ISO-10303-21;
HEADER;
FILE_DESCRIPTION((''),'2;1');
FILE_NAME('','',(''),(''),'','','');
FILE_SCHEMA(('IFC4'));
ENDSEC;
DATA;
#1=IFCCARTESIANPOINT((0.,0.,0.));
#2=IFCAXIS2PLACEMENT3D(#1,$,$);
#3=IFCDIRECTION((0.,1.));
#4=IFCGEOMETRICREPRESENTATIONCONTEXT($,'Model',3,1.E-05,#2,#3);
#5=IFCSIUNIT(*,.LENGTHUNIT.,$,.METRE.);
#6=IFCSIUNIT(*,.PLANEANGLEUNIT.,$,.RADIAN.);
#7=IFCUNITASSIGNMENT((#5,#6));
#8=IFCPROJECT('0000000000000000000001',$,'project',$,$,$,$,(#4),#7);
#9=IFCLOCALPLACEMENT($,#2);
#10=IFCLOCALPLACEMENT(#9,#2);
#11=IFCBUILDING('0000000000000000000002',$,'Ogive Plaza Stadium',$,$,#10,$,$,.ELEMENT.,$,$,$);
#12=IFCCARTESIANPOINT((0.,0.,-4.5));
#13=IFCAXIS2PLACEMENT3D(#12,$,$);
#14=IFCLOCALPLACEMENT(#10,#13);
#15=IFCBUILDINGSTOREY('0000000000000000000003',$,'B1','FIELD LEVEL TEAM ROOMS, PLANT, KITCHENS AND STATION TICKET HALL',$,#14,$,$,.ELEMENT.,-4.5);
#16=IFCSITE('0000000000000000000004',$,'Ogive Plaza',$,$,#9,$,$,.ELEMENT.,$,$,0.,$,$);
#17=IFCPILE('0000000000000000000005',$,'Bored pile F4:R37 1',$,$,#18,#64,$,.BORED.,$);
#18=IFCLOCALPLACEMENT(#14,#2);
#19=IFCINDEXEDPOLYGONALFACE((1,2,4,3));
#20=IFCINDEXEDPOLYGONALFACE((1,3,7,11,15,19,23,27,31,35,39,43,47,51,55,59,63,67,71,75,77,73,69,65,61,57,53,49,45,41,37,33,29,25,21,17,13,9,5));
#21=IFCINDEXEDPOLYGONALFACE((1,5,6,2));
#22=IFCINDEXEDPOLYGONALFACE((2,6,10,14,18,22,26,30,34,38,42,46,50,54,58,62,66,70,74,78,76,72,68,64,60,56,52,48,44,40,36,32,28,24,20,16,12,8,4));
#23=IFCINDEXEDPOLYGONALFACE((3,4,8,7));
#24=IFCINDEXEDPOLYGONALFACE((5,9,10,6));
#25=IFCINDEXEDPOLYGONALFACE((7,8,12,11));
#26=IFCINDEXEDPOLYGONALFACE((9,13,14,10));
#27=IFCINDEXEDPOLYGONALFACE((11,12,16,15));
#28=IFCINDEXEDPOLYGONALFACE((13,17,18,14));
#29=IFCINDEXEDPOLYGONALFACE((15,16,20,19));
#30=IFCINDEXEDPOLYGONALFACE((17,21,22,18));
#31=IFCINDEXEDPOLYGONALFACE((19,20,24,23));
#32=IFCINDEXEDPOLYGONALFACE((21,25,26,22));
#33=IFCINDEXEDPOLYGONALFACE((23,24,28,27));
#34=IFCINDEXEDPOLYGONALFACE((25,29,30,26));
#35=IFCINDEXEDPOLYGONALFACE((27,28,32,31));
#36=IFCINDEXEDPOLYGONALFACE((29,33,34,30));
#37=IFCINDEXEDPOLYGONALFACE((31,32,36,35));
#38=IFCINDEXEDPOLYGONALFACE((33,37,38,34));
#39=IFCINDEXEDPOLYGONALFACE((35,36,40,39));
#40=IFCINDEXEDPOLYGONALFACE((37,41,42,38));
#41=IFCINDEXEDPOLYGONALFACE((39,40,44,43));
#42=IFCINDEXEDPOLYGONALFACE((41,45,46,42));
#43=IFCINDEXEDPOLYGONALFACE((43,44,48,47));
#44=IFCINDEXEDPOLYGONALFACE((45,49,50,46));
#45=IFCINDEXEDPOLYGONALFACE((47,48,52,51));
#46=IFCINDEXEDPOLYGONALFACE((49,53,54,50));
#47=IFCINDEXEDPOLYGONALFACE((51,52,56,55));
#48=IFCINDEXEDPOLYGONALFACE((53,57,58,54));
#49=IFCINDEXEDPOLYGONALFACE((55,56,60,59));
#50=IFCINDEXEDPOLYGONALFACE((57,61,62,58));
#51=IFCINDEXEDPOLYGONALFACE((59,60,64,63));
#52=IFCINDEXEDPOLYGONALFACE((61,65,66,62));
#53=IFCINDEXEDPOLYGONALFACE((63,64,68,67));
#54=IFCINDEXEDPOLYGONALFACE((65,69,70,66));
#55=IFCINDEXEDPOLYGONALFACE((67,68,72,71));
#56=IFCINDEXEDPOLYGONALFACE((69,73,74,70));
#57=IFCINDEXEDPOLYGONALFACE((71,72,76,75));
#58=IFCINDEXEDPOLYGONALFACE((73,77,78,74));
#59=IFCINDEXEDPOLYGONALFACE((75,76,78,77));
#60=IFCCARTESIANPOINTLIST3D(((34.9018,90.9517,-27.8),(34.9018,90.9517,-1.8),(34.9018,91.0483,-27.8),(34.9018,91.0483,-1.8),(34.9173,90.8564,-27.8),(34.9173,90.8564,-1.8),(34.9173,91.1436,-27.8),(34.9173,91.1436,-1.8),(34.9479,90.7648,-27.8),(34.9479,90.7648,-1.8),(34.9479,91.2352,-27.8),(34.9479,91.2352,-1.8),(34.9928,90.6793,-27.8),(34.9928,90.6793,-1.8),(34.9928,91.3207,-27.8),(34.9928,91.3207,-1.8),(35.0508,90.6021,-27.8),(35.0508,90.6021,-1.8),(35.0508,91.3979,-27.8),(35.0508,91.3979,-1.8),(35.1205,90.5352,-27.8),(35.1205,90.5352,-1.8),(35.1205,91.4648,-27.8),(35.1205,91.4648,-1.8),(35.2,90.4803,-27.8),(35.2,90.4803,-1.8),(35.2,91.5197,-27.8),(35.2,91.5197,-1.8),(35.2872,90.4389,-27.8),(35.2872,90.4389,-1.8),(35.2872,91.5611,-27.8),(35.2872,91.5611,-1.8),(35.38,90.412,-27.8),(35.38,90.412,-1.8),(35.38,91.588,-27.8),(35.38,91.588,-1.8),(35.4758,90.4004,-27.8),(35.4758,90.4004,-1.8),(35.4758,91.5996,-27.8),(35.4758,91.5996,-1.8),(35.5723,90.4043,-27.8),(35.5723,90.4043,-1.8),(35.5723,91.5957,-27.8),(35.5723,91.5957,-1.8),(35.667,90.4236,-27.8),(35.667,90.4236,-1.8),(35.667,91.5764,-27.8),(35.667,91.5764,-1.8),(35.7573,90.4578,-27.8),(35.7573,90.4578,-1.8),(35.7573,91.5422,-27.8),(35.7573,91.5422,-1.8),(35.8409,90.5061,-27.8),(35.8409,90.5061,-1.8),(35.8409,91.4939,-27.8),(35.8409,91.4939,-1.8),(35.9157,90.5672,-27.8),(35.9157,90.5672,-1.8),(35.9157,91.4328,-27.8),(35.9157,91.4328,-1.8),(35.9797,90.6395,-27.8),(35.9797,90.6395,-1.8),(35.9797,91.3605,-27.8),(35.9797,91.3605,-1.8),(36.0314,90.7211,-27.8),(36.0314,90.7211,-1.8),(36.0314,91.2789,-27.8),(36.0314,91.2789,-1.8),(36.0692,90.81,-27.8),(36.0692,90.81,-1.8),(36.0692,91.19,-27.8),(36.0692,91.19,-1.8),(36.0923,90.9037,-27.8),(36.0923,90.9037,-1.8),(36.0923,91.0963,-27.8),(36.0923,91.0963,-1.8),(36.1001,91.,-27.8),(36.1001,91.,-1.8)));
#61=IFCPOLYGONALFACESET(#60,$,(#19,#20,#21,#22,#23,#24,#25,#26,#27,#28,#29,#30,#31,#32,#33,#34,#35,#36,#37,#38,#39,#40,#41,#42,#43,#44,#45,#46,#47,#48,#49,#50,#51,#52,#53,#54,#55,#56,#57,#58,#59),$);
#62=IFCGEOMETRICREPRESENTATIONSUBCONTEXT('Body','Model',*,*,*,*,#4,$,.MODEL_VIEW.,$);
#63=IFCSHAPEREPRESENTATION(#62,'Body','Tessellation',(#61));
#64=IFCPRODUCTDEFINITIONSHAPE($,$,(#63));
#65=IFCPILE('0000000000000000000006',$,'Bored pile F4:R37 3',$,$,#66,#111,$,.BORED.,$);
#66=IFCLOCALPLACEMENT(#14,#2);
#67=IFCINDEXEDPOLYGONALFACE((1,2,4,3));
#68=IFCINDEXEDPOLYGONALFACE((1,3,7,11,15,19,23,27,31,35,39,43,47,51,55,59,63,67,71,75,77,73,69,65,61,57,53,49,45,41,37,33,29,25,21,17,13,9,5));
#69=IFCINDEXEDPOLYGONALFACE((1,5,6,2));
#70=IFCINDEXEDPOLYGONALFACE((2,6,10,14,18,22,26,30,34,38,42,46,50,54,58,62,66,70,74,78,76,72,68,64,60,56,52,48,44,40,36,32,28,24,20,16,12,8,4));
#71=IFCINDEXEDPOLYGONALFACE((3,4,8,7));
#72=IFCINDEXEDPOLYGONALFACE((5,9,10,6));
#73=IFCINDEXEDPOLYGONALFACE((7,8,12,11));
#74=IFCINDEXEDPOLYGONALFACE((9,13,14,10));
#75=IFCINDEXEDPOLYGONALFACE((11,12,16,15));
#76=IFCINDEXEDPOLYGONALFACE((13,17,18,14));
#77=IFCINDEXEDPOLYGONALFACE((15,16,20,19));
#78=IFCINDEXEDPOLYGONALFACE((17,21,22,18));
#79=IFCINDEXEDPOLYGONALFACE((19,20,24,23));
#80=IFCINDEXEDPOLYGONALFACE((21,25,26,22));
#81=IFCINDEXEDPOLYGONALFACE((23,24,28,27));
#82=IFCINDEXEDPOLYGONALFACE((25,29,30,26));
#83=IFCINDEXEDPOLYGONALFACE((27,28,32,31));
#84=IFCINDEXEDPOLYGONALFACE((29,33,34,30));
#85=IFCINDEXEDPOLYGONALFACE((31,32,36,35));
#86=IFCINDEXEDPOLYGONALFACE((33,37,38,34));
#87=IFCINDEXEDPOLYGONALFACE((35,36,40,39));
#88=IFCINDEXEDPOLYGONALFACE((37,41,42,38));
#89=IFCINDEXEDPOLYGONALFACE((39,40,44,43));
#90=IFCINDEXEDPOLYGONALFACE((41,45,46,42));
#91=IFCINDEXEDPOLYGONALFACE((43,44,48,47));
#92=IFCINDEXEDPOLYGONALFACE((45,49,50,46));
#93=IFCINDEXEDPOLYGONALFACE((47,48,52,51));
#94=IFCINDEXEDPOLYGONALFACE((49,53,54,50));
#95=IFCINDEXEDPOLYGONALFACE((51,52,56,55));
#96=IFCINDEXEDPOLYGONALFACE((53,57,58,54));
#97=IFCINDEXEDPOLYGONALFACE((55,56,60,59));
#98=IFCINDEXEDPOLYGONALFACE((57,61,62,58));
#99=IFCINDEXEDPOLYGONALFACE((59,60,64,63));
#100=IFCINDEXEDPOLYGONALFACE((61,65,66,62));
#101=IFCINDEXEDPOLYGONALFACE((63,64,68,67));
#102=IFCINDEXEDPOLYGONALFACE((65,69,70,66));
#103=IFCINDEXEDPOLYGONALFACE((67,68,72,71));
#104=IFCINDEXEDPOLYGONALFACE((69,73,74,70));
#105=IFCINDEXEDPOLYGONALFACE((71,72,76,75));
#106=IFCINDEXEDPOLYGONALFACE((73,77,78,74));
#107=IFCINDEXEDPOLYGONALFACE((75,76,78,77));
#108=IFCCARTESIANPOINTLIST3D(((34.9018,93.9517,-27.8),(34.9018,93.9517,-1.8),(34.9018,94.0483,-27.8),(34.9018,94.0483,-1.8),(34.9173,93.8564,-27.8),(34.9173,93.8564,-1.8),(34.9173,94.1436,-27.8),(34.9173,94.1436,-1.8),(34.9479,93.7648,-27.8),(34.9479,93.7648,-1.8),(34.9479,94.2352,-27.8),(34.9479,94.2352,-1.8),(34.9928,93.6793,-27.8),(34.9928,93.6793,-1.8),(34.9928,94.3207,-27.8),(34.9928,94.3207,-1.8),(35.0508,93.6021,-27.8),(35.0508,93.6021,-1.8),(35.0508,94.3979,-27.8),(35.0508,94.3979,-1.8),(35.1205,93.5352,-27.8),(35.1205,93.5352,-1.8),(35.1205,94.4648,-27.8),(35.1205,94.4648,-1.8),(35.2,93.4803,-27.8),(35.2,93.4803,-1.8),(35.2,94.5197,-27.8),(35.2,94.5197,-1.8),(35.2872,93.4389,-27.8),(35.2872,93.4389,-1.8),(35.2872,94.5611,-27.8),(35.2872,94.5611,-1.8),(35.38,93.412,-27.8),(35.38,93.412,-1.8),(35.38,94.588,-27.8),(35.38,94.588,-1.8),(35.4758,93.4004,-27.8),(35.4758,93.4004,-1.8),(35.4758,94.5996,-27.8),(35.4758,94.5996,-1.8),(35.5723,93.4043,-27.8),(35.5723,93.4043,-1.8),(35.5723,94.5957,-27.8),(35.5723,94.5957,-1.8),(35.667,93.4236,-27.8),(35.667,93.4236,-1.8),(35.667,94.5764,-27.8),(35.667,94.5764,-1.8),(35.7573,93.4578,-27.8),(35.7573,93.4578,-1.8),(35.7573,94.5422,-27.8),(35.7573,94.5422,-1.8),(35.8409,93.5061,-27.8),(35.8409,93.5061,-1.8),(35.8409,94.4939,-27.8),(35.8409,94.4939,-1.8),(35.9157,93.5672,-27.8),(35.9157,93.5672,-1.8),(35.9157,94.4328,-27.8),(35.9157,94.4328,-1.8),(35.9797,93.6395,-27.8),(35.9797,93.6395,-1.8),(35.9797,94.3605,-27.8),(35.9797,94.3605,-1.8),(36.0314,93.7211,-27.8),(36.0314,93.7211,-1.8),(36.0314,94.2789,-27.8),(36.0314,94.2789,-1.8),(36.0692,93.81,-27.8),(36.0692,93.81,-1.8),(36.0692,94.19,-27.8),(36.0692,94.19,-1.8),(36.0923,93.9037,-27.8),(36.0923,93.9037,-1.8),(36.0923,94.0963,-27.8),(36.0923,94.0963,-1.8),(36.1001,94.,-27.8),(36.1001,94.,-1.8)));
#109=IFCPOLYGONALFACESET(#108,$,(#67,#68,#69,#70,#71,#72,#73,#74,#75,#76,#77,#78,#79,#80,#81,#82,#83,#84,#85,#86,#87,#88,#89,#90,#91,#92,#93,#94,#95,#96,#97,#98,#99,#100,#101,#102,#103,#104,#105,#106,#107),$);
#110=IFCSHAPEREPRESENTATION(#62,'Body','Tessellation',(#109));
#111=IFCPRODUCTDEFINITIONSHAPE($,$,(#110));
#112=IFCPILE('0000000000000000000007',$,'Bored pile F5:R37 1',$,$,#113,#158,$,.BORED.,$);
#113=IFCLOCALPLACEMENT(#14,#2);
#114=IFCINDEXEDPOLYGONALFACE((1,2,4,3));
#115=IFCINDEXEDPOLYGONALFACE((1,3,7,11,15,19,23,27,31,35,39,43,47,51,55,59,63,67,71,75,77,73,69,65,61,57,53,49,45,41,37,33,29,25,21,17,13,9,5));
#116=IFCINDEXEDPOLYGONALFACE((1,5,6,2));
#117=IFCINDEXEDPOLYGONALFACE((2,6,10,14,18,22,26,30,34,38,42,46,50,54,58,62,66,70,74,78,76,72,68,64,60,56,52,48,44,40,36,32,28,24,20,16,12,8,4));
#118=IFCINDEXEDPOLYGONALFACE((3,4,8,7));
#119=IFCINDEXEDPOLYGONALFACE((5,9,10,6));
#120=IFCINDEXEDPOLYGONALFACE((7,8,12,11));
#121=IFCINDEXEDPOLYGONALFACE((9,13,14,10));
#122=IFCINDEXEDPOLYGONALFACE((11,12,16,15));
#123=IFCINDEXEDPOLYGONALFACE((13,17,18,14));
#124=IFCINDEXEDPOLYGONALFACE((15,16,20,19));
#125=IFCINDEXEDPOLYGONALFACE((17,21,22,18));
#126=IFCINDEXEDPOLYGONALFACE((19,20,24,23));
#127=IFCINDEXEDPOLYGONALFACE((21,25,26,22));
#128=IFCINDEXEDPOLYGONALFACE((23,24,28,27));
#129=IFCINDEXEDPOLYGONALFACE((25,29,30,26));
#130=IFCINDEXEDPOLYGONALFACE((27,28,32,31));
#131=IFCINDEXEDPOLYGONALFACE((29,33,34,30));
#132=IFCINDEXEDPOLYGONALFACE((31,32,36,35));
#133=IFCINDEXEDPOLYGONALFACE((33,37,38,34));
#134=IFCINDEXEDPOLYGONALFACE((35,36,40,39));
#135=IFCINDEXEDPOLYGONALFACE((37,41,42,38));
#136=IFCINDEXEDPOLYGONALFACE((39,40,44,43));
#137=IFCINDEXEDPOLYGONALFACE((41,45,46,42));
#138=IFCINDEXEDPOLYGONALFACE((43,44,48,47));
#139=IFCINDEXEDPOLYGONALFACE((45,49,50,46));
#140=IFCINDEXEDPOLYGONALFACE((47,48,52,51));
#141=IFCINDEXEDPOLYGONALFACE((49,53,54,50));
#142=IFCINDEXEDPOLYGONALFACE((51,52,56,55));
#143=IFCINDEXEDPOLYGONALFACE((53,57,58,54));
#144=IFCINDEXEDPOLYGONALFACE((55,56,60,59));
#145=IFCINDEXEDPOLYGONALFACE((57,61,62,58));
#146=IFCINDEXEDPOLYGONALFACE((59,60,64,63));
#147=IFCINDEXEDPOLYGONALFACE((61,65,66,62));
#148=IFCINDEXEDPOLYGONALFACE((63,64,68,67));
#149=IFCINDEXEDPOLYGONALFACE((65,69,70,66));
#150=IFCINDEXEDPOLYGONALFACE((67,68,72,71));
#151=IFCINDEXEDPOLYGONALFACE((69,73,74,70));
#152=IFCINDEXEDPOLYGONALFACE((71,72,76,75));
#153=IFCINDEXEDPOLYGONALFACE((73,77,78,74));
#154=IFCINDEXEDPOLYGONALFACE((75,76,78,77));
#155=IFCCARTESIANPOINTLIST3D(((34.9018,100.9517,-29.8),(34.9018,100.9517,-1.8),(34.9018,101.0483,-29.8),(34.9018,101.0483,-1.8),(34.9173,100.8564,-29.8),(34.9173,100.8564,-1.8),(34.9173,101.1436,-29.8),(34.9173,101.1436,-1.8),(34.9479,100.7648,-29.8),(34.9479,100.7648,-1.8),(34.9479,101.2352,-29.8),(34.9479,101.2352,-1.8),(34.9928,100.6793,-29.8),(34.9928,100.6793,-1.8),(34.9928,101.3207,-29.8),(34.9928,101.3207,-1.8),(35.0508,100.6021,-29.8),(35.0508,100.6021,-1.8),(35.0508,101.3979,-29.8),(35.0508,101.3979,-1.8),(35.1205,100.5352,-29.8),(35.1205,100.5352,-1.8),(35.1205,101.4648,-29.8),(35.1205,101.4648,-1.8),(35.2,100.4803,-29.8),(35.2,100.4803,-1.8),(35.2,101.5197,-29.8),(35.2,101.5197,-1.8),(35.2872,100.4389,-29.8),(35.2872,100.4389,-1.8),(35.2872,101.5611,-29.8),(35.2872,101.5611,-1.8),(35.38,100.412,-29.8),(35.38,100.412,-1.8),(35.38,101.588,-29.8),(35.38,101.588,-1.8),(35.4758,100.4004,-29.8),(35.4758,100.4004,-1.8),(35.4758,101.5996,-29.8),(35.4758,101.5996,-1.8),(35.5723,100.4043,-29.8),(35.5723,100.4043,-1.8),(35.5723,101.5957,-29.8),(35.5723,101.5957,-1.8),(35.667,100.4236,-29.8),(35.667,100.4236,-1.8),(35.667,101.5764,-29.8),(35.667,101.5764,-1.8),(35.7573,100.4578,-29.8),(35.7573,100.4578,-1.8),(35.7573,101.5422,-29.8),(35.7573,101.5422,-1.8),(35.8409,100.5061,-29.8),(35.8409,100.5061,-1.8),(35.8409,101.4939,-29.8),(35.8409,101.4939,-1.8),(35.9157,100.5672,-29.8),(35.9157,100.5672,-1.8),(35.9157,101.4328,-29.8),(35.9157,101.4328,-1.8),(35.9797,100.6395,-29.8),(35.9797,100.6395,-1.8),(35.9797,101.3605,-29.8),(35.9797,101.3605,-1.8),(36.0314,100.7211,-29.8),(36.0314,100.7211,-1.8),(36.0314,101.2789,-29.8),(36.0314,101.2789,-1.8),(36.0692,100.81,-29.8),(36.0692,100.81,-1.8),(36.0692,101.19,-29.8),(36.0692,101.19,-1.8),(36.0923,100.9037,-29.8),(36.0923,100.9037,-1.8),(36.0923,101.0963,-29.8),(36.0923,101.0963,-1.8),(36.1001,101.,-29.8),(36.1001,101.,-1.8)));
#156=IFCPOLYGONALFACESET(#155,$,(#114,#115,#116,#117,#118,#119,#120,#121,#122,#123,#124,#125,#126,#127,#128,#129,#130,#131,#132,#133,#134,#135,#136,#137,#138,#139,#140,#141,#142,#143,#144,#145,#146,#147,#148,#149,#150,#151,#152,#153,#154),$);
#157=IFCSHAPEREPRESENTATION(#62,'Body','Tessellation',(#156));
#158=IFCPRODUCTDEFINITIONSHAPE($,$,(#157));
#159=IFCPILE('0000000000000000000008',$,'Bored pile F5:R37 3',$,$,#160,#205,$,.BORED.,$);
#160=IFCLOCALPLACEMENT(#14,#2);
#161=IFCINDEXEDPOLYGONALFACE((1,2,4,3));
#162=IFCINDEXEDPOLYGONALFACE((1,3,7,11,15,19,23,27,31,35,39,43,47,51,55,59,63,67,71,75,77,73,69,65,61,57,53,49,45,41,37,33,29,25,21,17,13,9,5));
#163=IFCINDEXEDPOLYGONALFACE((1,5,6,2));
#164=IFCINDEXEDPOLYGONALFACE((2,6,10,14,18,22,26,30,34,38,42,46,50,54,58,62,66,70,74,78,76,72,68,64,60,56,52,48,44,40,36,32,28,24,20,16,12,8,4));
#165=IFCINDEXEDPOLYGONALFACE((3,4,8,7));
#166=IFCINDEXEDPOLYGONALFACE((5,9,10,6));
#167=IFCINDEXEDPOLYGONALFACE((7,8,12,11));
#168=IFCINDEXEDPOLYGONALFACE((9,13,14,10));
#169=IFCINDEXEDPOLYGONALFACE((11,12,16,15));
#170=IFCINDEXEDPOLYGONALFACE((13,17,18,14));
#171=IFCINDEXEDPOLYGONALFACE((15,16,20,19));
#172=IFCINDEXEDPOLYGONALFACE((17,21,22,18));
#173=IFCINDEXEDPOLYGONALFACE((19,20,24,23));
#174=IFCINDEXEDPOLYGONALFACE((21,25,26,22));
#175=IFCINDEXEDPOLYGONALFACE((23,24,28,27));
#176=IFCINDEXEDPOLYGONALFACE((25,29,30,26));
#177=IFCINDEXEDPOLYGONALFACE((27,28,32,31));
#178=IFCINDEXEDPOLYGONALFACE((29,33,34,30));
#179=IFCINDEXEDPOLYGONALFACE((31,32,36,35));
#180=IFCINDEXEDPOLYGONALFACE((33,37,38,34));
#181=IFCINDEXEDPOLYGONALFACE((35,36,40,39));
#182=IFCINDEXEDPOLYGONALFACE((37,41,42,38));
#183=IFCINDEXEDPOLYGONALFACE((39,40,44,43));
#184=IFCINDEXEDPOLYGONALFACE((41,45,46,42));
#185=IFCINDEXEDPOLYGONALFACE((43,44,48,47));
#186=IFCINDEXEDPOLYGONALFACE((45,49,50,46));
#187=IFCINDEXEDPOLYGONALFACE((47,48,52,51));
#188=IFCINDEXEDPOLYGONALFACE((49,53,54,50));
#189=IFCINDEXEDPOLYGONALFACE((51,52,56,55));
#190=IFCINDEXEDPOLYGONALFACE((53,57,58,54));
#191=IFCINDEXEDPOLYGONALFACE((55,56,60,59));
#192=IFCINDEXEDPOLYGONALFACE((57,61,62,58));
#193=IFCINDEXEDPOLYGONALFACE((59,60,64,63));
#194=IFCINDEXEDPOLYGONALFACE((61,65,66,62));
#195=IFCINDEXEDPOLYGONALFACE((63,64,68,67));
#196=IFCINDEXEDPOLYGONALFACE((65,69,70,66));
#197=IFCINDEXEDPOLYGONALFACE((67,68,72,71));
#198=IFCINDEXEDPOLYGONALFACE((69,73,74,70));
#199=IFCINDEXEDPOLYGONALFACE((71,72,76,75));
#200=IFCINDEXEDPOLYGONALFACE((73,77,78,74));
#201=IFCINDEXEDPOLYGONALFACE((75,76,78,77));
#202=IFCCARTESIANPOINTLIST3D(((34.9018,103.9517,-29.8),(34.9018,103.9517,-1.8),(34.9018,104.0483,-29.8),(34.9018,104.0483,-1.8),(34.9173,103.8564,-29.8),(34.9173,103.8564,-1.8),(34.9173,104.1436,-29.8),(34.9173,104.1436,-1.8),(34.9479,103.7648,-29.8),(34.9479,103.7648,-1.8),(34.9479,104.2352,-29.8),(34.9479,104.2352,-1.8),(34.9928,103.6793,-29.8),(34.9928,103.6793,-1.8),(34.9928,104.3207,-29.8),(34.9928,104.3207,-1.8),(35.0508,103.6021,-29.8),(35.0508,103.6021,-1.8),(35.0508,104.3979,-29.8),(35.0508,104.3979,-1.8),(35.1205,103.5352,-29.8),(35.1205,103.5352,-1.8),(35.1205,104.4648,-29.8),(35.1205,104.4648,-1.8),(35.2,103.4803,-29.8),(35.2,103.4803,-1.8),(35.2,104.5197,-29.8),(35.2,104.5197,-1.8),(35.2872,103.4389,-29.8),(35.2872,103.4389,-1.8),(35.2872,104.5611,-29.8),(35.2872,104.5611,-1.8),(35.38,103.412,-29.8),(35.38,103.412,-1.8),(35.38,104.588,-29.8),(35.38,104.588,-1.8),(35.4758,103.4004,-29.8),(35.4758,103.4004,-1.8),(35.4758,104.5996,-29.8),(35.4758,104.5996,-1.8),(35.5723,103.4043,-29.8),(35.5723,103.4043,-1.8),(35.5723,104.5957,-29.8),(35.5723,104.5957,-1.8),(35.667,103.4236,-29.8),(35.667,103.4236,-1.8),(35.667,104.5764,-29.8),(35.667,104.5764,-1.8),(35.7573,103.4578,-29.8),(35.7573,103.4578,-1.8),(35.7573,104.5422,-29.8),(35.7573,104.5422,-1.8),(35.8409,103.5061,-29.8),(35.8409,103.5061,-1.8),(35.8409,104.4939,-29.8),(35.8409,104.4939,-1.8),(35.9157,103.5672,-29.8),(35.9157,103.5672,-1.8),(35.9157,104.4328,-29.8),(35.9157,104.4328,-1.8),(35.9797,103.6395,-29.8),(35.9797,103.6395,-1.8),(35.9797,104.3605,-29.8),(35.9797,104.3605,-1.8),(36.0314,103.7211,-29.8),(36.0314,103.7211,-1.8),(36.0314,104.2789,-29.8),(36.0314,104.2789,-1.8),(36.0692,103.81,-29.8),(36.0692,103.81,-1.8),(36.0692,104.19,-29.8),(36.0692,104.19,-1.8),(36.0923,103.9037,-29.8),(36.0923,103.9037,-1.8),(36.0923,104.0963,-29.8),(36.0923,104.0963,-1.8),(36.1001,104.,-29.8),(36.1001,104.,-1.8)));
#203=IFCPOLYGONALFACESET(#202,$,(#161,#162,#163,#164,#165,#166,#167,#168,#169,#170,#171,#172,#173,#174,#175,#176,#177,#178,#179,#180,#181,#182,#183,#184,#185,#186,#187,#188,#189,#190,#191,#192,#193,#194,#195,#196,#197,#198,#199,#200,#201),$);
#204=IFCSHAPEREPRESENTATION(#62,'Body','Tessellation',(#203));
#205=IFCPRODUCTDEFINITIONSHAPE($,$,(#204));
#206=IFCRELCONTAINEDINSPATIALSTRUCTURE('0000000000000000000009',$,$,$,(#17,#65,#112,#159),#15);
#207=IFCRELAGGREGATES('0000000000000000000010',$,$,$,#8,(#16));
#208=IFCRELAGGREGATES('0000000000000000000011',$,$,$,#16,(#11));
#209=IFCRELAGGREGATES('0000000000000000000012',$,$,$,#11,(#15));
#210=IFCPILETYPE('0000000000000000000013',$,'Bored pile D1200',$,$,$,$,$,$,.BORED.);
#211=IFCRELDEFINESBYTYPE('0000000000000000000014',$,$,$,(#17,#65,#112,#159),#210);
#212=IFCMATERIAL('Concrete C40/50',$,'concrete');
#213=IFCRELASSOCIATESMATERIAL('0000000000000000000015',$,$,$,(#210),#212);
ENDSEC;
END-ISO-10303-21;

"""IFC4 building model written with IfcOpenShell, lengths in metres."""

from ifc_helpers import new_model, si_unit, direction, frame, origin, origin_2d, place, context, subcontext, project, spatial, circle, extrude, material, material_profile, profile_set, type_object, element, save


model = new_model("IFC4")

# Units and contexts
model_context = context("Model", 3, precision=1e-05, world=origin(), true_north=direction((0.0, 1.0)))
body_context = subcontext(model_context, "Body", "Model", "MODEL_VIEW")
ifc_project = project(units=[si_unit("LENGTHUNIT", "METRE"), si_unit("PLANEANGLEUNIT", "RADIAN")], contexts=[model_context])

# Site, building, storey
site_placement = place(None, origin())
site = spatial("IfcSite", under=ifc_project, at=site_placement, Name="Ogive Plaza", CompositionType="ELEMENT", RefElevation=0.0)
building_placement = place(site_placement, origin())
building = spatial("IfcBuilding", under=site, at=building_placement, Name="Ogive Plaza Stadium", CompositionType="ELEMENT")
storey_placement = place(building_placement, frame((0.0, 0.0, -4.5)))
storey = spatial("IfcBuildingStorey", under=building, at=storey_placement, Name="B1", Description="FIELD LEVEL TEAM ROOMS, PLANT, KITCHENS AND STATION TICKET HALL", CompositionType="ELEMENT", Elevation=-4.5)

# Piles
ifc_material_1 = material(Name="Concrete C40/50", Category="concrete")
ifc_material_profile_1 = material_profile(ifc_material_1, circle(Radius=0.6001, at=origin_2d()), Name="RC D1200")
ifc_profile_set_1 = profile_set([ifc_material_profile_1], Name="Concrete C40/50")
pile_type_1 = type_object("IfcPileType", Name="Bored pile D1200", PredefinedType="BORED", material=ifc_profile_set_1)
for number, where, z_axis, x_axis, name in (
    (1, (35.5, 91.0, -1.8), (0.0, 0.0, -1.0), (1.0, 0.0, 0.0), "Bored pile F4:R37 1"),
    (2, (35.5, 94.0, -1.8), (0.0, 0.0, -1.0), (1.0, 0.0, 0.0), "Bored pile F4:R37 3"),
):
    element("IfcPile", number, at=place(storey_placement, frame(where, z_axis=z_axis, x_axis=x_axis)), inside=storey, type_object=pile_type_1, Name=name, PredefinedType="BORED", context=body_context, shape_type="SweptSolid", body=[
        extrude(circle(Radius=0.6001, at=origin_2d()), origin(), (0.0, 0.0, 1.0), 26.0),
    ])
for number, where, z_axis, x_axis, name in (
    (3, (35.5, 101.0, -1.8), (0.0, 0.0, -1.0), (1.0, 0.0, 0.0), "Bored pile F5:R37 1"),
    (4, (35.5, 104.0, -1.8), (0.0, 0.0, -1.0), (1.0, 0.0, 0.0), "Bored pile F5:R37 3"),
):
    element("IfcPile", number, at=place(storey_placement, frame(where, z_axis=z_axis, x_axis=x_axis)), inside=storey, type_object=pile_type_1, Name=name, PredefinedType="BORED", context=body_context, shape_type="SweptSolid", body=[
        extrude(circle(Radius=0.6001, at=origin_2d()), origin(), (0.0, 0.0, 1.0), 28.0),
    ])

save(model, "model.ifc")
